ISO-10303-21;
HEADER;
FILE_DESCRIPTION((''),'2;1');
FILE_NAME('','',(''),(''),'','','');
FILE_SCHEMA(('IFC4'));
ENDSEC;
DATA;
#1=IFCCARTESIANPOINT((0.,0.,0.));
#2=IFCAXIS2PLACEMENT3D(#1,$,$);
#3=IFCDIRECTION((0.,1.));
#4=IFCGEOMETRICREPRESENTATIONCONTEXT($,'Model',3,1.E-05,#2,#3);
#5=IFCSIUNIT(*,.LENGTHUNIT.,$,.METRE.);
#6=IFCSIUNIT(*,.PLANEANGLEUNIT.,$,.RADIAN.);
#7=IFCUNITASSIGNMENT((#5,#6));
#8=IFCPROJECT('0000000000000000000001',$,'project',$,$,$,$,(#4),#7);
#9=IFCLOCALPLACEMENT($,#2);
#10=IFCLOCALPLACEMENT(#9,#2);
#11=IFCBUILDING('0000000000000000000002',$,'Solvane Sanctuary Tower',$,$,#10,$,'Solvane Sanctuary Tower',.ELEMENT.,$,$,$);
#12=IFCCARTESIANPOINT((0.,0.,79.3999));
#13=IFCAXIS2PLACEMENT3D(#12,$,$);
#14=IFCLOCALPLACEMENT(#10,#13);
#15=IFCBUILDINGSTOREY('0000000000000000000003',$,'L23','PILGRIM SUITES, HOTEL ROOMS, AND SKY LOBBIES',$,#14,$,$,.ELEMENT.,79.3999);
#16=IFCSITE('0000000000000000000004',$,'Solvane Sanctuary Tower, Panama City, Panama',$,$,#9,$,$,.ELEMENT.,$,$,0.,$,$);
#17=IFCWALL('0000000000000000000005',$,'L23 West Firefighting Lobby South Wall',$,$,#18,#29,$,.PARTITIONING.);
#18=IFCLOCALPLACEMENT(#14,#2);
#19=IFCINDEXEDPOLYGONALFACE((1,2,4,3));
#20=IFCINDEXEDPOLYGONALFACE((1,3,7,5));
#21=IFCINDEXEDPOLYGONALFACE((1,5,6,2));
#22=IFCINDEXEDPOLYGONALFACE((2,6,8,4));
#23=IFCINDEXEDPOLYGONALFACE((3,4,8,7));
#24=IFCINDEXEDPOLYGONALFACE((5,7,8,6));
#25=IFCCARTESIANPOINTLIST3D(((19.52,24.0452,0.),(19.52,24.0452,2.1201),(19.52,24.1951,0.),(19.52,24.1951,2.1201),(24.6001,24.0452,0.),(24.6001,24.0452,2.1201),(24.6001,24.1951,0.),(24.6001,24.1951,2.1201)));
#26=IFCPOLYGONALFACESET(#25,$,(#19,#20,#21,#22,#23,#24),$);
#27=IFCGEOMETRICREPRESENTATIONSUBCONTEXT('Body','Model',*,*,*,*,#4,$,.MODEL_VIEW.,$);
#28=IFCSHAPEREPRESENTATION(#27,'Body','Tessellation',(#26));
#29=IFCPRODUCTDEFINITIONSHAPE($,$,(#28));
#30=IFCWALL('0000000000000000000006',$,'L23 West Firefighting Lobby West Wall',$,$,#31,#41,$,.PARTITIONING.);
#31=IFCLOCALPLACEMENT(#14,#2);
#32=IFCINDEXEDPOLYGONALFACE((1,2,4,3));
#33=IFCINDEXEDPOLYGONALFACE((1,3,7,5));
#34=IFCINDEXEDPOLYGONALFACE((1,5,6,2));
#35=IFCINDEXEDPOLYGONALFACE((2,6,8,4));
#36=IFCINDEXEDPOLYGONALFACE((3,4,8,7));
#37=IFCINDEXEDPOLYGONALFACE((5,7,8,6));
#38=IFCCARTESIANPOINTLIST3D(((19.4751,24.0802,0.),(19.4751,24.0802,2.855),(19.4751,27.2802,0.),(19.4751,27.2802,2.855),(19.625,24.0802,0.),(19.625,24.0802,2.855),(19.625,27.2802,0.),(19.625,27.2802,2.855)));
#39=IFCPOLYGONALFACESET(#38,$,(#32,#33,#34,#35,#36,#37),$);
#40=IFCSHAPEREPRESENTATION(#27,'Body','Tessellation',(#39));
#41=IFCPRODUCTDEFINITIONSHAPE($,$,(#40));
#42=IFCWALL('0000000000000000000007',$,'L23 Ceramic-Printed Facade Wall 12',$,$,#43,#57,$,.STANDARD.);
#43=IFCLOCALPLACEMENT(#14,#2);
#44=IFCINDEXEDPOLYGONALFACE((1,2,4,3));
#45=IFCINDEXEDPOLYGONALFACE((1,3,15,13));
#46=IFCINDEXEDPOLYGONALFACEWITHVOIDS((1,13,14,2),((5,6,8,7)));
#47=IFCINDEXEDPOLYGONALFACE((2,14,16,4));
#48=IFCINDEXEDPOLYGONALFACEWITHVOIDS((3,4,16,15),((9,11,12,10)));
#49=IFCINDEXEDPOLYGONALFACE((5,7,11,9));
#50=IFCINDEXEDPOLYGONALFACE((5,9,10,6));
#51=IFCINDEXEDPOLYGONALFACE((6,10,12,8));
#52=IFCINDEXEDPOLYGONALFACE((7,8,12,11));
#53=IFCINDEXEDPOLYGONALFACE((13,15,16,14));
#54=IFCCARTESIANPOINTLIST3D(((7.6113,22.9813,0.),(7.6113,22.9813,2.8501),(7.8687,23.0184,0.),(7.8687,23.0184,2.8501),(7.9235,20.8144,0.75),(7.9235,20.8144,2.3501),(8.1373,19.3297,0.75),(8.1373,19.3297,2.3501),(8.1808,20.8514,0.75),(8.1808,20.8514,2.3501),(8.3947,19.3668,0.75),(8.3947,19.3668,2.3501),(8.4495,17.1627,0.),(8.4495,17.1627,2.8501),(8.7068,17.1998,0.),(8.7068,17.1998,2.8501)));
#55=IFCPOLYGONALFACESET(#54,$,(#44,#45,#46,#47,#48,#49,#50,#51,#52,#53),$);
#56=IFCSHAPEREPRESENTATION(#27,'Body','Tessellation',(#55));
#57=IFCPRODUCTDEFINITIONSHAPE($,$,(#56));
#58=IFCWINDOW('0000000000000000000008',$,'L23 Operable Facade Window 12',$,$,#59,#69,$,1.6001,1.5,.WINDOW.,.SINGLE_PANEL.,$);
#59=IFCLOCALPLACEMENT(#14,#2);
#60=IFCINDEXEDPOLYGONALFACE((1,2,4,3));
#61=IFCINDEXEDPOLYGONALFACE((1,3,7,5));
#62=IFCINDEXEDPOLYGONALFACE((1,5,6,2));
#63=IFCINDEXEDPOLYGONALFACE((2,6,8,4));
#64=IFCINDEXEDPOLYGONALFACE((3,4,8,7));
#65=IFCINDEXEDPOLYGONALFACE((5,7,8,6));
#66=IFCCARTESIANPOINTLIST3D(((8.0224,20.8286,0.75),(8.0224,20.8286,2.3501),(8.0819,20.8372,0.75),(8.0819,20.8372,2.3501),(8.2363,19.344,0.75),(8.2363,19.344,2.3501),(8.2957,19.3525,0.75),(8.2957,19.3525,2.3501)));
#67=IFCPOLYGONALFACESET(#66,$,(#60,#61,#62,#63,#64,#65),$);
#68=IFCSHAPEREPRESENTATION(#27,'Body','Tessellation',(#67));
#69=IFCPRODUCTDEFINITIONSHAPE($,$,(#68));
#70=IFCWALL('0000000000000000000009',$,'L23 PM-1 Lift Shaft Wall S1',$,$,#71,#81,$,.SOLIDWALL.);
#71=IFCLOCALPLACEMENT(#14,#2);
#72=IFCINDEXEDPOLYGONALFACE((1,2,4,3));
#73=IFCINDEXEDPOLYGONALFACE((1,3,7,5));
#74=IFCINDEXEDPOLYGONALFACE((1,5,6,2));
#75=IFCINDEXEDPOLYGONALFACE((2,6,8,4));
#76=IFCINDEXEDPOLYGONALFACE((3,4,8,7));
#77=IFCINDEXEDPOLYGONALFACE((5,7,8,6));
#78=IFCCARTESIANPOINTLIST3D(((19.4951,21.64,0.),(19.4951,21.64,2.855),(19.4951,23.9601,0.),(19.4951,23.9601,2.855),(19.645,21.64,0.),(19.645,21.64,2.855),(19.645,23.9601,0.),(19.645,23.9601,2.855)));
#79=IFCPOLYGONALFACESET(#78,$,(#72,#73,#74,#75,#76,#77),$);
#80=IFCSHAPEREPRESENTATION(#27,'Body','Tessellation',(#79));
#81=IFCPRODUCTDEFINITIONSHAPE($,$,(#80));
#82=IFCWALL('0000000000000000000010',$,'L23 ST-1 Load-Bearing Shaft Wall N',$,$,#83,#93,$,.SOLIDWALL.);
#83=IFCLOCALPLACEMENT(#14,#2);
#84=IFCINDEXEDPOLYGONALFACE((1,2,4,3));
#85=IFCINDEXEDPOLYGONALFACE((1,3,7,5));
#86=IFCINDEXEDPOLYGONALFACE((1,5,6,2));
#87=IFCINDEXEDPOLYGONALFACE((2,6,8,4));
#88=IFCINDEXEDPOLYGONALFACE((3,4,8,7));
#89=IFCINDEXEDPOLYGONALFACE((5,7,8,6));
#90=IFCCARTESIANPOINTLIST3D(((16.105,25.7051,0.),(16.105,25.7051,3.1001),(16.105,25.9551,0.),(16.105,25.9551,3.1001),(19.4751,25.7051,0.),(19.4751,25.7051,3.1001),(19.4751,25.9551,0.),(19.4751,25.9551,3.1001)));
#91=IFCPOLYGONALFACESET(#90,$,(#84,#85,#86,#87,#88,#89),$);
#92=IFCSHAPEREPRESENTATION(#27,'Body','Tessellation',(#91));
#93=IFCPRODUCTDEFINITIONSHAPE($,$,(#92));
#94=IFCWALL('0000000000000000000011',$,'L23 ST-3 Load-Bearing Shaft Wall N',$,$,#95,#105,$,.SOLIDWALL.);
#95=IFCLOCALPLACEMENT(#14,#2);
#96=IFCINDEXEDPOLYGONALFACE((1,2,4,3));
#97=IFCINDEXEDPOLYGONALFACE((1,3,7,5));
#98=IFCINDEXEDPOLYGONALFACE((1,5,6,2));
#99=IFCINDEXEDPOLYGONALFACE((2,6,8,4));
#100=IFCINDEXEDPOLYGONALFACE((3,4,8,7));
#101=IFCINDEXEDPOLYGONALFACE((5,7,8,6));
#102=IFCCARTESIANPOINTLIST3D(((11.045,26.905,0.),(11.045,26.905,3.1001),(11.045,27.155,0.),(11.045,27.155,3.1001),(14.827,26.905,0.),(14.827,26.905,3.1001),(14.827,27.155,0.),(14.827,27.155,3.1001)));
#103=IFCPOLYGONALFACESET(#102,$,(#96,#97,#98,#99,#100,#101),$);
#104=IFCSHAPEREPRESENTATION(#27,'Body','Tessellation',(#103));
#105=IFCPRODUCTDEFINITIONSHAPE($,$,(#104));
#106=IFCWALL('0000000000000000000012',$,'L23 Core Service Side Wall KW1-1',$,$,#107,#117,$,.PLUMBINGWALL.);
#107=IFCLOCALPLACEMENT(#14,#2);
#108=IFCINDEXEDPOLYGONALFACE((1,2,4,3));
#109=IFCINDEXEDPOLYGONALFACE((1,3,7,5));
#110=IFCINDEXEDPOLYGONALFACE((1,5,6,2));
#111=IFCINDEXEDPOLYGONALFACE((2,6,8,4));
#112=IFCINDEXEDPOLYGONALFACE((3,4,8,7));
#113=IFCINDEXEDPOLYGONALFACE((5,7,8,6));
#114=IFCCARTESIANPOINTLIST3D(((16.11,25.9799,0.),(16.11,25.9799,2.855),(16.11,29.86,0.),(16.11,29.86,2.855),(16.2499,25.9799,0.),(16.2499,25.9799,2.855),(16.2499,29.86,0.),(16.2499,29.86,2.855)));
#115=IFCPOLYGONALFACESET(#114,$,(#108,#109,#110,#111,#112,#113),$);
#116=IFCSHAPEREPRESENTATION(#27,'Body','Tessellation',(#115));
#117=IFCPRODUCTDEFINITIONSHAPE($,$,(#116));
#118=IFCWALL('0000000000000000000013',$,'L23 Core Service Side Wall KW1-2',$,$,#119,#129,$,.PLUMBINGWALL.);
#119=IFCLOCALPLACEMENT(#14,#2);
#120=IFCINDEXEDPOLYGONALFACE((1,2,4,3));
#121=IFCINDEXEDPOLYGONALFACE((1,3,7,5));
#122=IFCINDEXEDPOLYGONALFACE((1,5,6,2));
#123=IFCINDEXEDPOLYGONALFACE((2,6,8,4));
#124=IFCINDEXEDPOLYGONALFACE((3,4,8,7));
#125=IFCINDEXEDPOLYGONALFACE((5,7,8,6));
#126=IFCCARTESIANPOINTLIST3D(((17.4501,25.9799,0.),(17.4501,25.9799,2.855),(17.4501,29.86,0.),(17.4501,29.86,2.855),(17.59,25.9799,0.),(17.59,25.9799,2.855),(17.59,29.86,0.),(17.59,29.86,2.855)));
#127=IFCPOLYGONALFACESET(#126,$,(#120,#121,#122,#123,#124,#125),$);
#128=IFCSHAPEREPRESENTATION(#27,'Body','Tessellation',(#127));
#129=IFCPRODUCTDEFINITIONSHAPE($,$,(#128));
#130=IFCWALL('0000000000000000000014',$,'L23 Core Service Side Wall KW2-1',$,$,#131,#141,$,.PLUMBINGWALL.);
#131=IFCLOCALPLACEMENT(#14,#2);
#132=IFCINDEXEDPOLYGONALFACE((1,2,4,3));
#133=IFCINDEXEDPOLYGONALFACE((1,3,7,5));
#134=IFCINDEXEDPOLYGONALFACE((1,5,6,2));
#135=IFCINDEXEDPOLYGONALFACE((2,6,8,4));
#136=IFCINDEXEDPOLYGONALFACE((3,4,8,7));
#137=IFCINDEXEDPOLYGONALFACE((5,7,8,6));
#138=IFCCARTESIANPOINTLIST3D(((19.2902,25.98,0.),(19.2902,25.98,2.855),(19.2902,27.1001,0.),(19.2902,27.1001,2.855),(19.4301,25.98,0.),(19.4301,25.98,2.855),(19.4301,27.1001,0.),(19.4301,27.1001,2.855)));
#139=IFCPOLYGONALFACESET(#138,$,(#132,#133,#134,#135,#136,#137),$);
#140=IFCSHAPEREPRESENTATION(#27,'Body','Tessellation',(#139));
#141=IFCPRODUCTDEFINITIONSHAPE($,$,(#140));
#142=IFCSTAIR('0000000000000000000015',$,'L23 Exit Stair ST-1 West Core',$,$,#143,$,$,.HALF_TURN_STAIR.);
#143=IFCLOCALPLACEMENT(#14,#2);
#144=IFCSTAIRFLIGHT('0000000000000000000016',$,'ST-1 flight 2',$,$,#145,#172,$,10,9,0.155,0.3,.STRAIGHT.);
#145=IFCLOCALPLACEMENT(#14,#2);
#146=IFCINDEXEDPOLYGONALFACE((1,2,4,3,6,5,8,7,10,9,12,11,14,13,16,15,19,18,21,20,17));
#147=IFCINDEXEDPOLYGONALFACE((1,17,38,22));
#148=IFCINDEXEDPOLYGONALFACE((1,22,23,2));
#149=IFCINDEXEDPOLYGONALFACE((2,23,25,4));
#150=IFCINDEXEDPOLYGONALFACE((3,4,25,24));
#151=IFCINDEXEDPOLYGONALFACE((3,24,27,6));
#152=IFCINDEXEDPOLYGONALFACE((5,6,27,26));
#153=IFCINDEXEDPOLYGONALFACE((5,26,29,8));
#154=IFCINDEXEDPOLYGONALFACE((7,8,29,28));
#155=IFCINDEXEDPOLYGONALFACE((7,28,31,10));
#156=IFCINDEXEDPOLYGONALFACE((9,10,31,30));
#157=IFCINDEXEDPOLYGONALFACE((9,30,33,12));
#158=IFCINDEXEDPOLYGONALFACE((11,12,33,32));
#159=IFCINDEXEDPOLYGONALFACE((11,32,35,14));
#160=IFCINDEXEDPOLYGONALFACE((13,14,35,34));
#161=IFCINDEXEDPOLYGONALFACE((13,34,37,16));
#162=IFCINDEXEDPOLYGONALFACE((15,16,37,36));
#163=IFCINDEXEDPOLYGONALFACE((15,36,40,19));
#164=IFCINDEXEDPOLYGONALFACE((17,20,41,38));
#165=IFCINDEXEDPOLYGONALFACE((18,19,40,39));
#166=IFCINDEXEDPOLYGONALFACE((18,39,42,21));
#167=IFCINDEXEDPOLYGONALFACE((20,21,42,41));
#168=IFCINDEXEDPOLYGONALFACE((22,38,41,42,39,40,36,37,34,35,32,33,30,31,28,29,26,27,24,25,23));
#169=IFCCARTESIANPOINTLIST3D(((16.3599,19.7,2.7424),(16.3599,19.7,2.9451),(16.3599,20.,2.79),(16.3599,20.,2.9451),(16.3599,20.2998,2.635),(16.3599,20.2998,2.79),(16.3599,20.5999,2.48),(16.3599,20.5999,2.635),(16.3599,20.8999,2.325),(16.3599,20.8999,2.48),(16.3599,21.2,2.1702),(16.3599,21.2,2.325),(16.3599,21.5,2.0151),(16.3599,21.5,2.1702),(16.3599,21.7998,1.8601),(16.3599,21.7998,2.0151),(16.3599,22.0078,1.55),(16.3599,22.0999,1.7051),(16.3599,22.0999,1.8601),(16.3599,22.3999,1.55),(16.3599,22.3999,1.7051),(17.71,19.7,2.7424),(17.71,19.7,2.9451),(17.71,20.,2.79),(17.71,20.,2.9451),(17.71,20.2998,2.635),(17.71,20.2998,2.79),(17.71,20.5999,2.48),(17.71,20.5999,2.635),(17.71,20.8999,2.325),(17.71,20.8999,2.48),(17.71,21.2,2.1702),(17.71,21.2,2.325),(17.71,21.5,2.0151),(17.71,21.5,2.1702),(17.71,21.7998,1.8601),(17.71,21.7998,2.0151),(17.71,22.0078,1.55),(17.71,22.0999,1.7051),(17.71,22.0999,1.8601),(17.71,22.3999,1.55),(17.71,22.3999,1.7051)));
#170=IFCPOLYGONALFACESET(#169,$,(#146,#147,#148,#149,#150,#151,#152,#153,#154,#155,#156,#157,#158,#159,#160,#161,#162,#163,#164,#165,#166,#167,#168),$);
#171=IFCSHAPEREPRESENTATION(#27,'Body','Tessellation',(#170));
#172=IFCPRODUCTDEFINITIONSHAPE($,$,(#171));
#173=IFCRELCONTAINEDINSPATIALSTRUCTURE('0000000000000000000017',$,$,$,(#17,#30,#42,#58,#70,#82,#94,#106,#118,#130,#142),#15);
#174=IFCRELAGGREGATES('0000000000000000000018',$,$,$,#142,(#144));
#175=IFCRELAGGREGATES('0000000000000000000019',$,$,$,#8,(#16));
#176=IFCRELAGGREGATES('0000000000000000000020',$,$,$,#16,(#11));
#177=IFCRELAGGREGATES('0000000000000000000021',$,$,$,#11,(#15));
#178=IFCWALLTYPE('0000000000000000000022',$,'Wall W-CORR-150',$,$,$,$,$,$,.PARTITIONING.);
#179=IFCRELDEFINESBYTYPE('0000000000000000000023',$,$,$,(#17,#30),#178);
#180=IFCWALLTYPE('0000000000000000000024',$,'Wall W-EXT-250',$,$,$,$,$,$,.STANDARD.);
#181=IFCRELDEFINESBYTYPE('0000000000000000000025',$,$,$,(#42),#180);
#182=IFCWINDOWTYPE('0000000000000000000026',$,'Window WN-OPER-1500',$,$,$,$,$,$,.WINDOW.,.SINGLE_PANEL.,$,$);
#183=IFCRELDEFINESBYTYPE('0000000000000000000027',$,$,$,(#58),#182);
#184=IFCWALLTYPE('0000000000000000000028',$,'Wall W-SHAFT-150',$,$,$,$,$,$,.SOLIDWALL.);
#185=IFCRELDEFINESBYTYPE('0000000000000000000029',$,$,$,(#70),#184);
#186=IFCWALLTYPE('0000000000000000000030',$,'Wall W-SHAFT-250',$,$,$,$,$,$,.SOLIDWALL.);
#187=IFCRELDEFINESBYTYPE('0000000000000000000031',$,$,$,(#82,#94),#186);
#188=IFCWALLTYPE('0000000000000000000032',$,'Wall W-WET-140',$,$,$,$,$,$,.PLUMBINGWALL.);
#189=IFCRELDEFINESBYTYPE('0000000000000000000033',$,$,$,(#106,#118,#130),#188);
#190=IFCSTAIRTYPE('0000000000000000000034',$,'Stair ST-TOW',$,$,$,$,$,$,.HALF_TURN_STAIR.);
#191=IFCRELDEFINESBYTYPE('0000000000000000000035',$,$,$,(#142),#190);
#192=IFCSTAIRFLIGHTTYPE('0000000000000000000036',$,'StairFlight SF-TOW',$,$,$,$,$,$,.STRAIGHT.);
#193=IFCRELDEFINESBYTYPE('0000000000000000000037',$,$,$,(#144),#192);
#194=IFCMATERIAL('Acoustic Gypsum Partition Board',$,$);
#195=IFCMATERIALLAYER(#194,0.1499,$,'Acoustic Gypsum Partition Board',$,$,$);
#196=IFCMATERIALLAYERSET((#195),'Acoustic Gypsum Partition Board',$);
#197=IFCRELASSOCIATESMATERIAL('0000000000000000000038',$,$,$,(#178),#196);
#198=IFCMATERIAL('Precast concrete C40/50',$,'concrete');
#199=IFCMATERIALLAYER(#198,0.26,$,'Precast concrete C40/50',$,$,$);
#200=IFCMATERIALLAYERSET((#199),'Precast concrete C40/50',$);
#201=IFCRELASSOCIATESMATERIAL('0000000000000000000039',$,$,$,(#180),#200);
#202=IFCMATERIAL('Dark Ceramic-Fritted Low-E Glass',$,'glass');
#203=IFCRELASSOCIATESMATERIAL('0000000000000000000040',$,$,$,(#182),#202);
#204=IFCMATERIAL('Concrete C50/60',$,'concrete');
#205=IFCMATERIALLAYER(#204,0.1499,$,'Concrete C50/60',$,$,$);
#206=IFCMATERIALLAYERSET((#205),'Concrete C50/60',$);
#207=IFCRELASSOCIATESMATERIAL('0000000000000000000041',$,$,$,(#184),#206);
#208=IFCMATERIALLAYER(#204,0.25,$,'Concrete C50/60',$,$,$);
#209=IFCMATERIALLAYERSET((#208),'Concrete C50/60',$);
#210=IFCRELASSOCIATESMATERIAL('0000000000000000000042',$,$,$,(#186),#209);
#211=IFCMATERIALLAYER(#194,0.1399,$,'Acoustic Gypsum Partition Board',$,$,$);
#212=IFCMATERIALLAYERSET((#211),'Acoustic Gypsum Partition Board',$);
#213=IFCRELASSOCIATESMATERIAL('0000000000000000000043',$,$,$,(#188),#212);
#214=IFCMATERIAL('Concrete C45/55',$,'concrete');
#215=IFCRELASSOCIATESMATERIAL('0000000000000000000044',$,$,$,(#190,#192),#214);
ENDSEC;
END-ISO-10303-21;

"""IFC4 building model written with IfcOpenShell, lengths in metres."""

from ifc_helpers import new_model, si_unit, direction, frame, frame_2d, origin, place, context, subcontext, project, spatial, polyline, rectangle, outline, extrude, material, layer, layer_set, type_object, element, fill, aggregate, save


model = new_model("IFC4")

# Units and contexts
model_context = context("Model", 3, precision=1e-05, world=origin(), true_north=direction((0.0, 1.0)))
body_context = subcontext(model_context, "Body", "Model", "MODEL_VIEW")
ifc_project = project(units=[si_unit("LENGTHUNIT", "METRE"), si_unit("PLANEANGLEUNIT", "RADIAN")], contexts=[model_context])

# Site, building, storey
site_placement = place(None, origin())
site = spatial("IfcSite", under=ifc_project, at=site_placement, Name="Solvane Sanctuary Tower, Panama City, Panama", CompositionType="ELEMENT", RefElevation=0.0)
building_placement = place(site_placement, origin())
building = spatial("IfcBuilding", under=site, at=building_placement, Name="Solvane Sanctuary Tower", LongName="Solvane Sanctuary Tower", CompositionType="ELEMENT")
storey_placement = place(building_placement, frame((0.0, 0.0, 79.3999)))
storey = spatial("IfcBuildingStorey", under=building, at=storey_placement, Name="L23", Description="PILGRIM SUITES, HOTEL ROOMS, AND SKY LOBBIES", CompositionType="ELEMENT", Elevation=79.3999)

# Walls
ifc_material_1 = material(Name="Acoustic Gypsum Partition Board")
ifc_layer_1 = layer(ifc_material_1, 0.1499, Name="Acoustic Gypsum Partition Board")
ifc_layer_set_1 = layer_set([ifc_layer_1], Name="Acoustic Gypsum Partition Board")
wall_type_1 = type_object("IfcWallType", Name="Wall W-CORR-150", PredefinedType="PARTITIONING", material=ifc_layer_set_1)
wall_1_placement = place(storey_placement, frame((19.52, 24.1201, 0.0), z_axis=(0.0, 0.0, 1.0), x_axis=(1.0, 0.0, 0.0)))
element("IfcWall", 1, at=wall_1_placement, inside=storey, type_object=wall_type_1, Name="L23 West Firefighting Lobby South Wall", PredefinedType="PARTITIONING", context=body_context, shape_type="SweptSolid", body=[
    extrude(rectangle(XDim=5.0801, YDim=0.1499, at=frame_2d((2.54, 0.0))), origin(), (0.0, 0.0, 1.0), 2.1201),
])
wall_2_placement = place(storey_placement, frame((19.55, 24.0801, 0.0), z_axis=(0.0, 0.0, 1.0), x_axis=(0.0, 1.0, 0.0)))
element("IfcWall", 2, at=wall_2_placement, inside=storey, type_object=wall_type_1, Name="L23 West Firefighting Lobby West Wall", PredefinedType="PARTITIONING", context=body_context, shape_type="SweptSolid", body=[
    extrude(rectangle(XDim=3.2, YDim=0.1499, at=frame_2d((1.6001, 0.0))), origin(), (0.0, 0.0, 1.0), 2.855),
])

# Wall, opening, window
ifc_material_2 = material(Name="Precast concrete C40/50", Category="concrete")
ifc_layer_2 = layer(ifc_material_2, 0.26, Name="Precast concrete C40/50")
ifc_layer_set_2 = layer_set([ifc_layer_2], Name="Precast concrete C40/50")
wall_type_2 = type_object("IfcWallType", Name="Wall W-EXT-250", PredefinedType="STANDARD", material=ifc_layer_set_2)
wall_3_placement = place(storey_placement, frame((7.74, 23.0, 0.0), z_axis=(0.0, 0.0, 1.0), x_axis=(0.142572, -0.989784, 0.0)))
wall_3 = element("IfcWall", 3, at=wall_3_placement, inside=storey, type_object=wall_type_2, Name="L23 Ceramic-Printed Facade Wall 12", PredefinedType="STANDARD", context=body_context, shape_type="SweptSolid", body=[
    extrude(rectangle(XDim=5.8787, YDim=0.26, at=frame_2d((2.9395, 0.0))), origin(), (0.0, 0.0, 1.0), 2.8501),
])
opening_placement = place(wall_3_placement, frame((2.1895, 0.0, 0.75)))
opening = element("IfcOpeningElement", 4, at=opening_placement, cuts=wall_3, PredefinedType="OPENING", context=body_context, shape_type="SweptSolid", body=[
    extrude(rectangle(XDim=1.5, YDim=1.6001, at=frame_2d((0.75, 0.8))), frame((0.0, 0.1399, 0.0), z_axis=(0.0, -1.0, 0.0), x_axis=(1.0, 0.0, 0.0)), (0.0, 0.0, 1.0), 0.28),
])
ifc_material_3 = material(Name="Dark Ceramic-Fritted Low-E Glass", Category="glass")
window_type = type_object("IfcWindowType", Name="Window WN-OPER-1500", PartitioningType="SINGLE_PANEL", PredefinedType="WINDOW", material=ifc_material_3)
window_placement = place(opening_placement, origin())
window = element("IfcWindow", 5, at=window_placement, inside=storey, type_object=window_type, Name="L23 Operable Facade Window 12", OverallHeight=1.6001, OverallWidth=1.5, PartitioningType="SINGLE_PANEL", PredefinedType="WINDOW", context=body_context, shape_type="SweptSolid", body=[
    extrude(rectangle(XDim=1.5, YDim=1.6001, at=frame_2d((0.75, 0.8))), frame((0.0, 0.03, 0.0), z_axis=(0.0, -1.0, 0.0), x_axis=(1.0, 0.0, 0.0)), (0.0, 0.0, 1.0), 0.0601),
])
fill(opening, window)

# Walls
ifc_material_4 = material(Name="Concrete C50/60", Category="concrete")
ifc_layer_3 = layer(ifc_material_4, 0.1499, Name="Concrete C50/60")
ifc_layer_set_3 = layer_set([ifc_layer_3], Name="Concrete C50/60")
wall_type_3 = type_object("IfcWallType", Name="Wall W-SHAFT-150", PredefinedType="SOLIDWALL", material=ifc_layer_set_3)
wall_4_placement = place(storey_placement, frame((19.5701, 21.6399, 0.0), z_axis=(0.0, 0.0, 1.0), x_axis=(0.0, 1.0, 0.0)))
element("IfcWall", 6, at=wall_4_placement, inside=storey, type_object=wall_type_3, Name="L23 PM-1 Lift Shaft Wall S1", PredefinedType="SOLIDWALL", context=body_context, shape_type="SweptSolid", body=[
    extrude(rectangle(XDim=2.3201, YDim=0.1499, at=frame_2d((1.1602, 0.0))), origin(), (0.0, 0.0, 1.0), 2.855),
])
ifc_layer_4 = layer(ifc_material_4, 0.25, Name="Concrete C50/60")
ifc_layer_set_4 = layer_set([ifc_layer_4], Name="Concrete C50/60")
wall_type_4 = type_object("IfcWallType", Name="Wall W-SHAFT-250", PredefinedType="SOLIDWALL", material=ifc_layer_set_4)
wall_5_placement = place(storey_placement, frame((16.105, 25.8301, 0.0), z_axis=(0.0, 0.0, 1.0), x_axis=(1.0, 0.0, 0.0)))
element("IfcWall", 7, at=wall_5_placement, inside=storey, type_object=wall_type_4, Name="L23 ST-1 Load-Bearing Shaft Wall N", PredefinedType="SOLIDWALL", context=body_context, shape_type="SweptSolid", body=[
    extrude(rectangle(XDim=3.3701, YDim=0.25, at=frame_2d((1.6851, 0.0))), origin(), (0.0, 0.0, 1.0), 3.1001),
])
wall_6_placement = place(storey_placement, frame((11.0449, 27.03, 0.0), z_axis=(0.0, 0.0, 1.0), x_axis=(1.0, 0.0, 0.0)))
element("IfcWall", 8, at=wall_6_placement, inside=storey, type_object=wall_type_4, Name="L23 ST-3 Load-Bearing Shaft Wall N", PredefinedType="SOLIDWALL", context=body_context, shape_type="SweptSolid", body=[
    extrude(rectangle(XDim=3.782, YDim=0.25, at=frame_2d((1.8911, 0.0))), origin(), (0.0, 0.0, 1.0), 3.1001),
])
ifc_layer_5 = layer(ifc_material_1, 0.1399, Name="Acoustic Gypsum Partition Board")
ifc_layer_set_5 = layer_set([ifc_layer_5], Name="Acoustic Gypsum Partition Board")
wall_type_5 = type_object("IfcWallType", Name="Wall W-WET-140", PredefinedType="PLUMBINGWALL", material=ifc_layer_set_5)
for number, where, z_axis, x_axis, name in (
    (9, (16.1799, 25.98, 0.0), (0.0, 0.0, 1.0), (0.0, 1.0, 0.0), "L23 Core Service Side Wall KW1-1"),
    (10, (17.52, 25.98, 0.0), (0.0, 0.0, 1.0), (0.0, 1.0, 0.0), "L23 Core Service Side Wall KW1-2"),
):
    element("IfcWall", number, at=place(storey_placement, frame(where, z_axis=z_axis, x_axis=x_axis)), inside=storey, type_object=wall_type_5, Name=name, PredefinedType="PLUMBINGWALL", context=body_context, shape_type="SweptSolid", body=[
        extrude(rectangle(XDim=3.8801, YDim=0.1399, at=frame_2d((1.9399, 0.0))), origin(), (0.0, 0.0, 1.0), 2.855),
    ])
wall_7_placement = place(storey_placement, frame((19.3601, 25.98, 0.0), z_axis=(0.0, 0.0, 1.0), x_axis=(0.0, 1.0, 0.0)))
element("IfcWall", 11, at=wall_7_placement, inside=storey, type_object=wall_type_5, Name="L23 Core Service Side Wall KW2-1", PredefinedType="PLUMBINGWALL", context=body_context, shape_type="SweptSolid", body=[
    extrude(rectangle(XDim=1.1201, YDim=0.1399, at=frame_2d((0.5601, 0.0))), origin(), (0.0, 0.0, 1.0), 2.855),
])

# Stair, stair flight
ifc_material_5 = material(Name="Concrete C45/55", Category="concrete")
stair_type = type_object("IfcStairType", Name="Stair ST-TOW", PredefinedType="HALF_TURN_STAIR", material=ifc_material_5)
stair_1_placement = place(storey_placement, origin())
stair_1 = element("IfcStair", 12, at=stair_1_placement, inside=storey, type_object=stair_type, Name="L23 Exit Stair ST-1 West Core", PredefinedType="HALF_TURN_STAIR")
stair_flight_type = type_object("IfcStairFlightType", Name="StairFlight SF-TOW", PredefinedType="STRAIGHT", material=ifc_material_5)
stair_flight_1_placement = place(storey_placement, frame((17.0349, 22.3999, 1.55), z_axis=(0.0, 0.0, 1.0), x_axis=(0.0, -1.0, 0.0)))
stair_flight_1 = element("IfcStairFlight", 13, at=stair_flight_1_placement, type_object=stair_flight_type, Name="ST-1 flight 2", NumberOfRisers=10, NumberOfTreads=9, PredefinedType="STRAIGHT", RiserHeight=0.155, TreadLength=0.3, context=body_context, shape_type="SweptSolid", body=[
    extrude(outline(polyline([(0.0, 0.0), (0.0, 0.155), (0.3, 0.155), (0.3, 0.3101), (0.6001, 0.3101), (0.6001, 0.4651), (0.8999, 0.4651), (0.8999, 0.6201), (1.2, 0.6201), (1.2, 0.7749), (1.5, 0.7749), (1.5, 0.9299), (1.8, 0.9299), (1.8, 1.085), (2.1001, 1.085), (2.1001, 1.24), (2.3999, 1.24), (2.3999, 1.395), (2.7, 1.395), (2.7, 1.55), (2.7, 1.1924), (0.3921, 0.0), (0.0, 0.0)])), frame((0.0, 0.675, 0.0), z_axis=(0.0, -1.0, 0.0), x_axis=(1.0, 0.0, 0.0)), (0.0, 0.0, 1.0), 1.3501),
])
aggregate(stair_1, [stair_flight_1])

save(model, "model.ifc")
